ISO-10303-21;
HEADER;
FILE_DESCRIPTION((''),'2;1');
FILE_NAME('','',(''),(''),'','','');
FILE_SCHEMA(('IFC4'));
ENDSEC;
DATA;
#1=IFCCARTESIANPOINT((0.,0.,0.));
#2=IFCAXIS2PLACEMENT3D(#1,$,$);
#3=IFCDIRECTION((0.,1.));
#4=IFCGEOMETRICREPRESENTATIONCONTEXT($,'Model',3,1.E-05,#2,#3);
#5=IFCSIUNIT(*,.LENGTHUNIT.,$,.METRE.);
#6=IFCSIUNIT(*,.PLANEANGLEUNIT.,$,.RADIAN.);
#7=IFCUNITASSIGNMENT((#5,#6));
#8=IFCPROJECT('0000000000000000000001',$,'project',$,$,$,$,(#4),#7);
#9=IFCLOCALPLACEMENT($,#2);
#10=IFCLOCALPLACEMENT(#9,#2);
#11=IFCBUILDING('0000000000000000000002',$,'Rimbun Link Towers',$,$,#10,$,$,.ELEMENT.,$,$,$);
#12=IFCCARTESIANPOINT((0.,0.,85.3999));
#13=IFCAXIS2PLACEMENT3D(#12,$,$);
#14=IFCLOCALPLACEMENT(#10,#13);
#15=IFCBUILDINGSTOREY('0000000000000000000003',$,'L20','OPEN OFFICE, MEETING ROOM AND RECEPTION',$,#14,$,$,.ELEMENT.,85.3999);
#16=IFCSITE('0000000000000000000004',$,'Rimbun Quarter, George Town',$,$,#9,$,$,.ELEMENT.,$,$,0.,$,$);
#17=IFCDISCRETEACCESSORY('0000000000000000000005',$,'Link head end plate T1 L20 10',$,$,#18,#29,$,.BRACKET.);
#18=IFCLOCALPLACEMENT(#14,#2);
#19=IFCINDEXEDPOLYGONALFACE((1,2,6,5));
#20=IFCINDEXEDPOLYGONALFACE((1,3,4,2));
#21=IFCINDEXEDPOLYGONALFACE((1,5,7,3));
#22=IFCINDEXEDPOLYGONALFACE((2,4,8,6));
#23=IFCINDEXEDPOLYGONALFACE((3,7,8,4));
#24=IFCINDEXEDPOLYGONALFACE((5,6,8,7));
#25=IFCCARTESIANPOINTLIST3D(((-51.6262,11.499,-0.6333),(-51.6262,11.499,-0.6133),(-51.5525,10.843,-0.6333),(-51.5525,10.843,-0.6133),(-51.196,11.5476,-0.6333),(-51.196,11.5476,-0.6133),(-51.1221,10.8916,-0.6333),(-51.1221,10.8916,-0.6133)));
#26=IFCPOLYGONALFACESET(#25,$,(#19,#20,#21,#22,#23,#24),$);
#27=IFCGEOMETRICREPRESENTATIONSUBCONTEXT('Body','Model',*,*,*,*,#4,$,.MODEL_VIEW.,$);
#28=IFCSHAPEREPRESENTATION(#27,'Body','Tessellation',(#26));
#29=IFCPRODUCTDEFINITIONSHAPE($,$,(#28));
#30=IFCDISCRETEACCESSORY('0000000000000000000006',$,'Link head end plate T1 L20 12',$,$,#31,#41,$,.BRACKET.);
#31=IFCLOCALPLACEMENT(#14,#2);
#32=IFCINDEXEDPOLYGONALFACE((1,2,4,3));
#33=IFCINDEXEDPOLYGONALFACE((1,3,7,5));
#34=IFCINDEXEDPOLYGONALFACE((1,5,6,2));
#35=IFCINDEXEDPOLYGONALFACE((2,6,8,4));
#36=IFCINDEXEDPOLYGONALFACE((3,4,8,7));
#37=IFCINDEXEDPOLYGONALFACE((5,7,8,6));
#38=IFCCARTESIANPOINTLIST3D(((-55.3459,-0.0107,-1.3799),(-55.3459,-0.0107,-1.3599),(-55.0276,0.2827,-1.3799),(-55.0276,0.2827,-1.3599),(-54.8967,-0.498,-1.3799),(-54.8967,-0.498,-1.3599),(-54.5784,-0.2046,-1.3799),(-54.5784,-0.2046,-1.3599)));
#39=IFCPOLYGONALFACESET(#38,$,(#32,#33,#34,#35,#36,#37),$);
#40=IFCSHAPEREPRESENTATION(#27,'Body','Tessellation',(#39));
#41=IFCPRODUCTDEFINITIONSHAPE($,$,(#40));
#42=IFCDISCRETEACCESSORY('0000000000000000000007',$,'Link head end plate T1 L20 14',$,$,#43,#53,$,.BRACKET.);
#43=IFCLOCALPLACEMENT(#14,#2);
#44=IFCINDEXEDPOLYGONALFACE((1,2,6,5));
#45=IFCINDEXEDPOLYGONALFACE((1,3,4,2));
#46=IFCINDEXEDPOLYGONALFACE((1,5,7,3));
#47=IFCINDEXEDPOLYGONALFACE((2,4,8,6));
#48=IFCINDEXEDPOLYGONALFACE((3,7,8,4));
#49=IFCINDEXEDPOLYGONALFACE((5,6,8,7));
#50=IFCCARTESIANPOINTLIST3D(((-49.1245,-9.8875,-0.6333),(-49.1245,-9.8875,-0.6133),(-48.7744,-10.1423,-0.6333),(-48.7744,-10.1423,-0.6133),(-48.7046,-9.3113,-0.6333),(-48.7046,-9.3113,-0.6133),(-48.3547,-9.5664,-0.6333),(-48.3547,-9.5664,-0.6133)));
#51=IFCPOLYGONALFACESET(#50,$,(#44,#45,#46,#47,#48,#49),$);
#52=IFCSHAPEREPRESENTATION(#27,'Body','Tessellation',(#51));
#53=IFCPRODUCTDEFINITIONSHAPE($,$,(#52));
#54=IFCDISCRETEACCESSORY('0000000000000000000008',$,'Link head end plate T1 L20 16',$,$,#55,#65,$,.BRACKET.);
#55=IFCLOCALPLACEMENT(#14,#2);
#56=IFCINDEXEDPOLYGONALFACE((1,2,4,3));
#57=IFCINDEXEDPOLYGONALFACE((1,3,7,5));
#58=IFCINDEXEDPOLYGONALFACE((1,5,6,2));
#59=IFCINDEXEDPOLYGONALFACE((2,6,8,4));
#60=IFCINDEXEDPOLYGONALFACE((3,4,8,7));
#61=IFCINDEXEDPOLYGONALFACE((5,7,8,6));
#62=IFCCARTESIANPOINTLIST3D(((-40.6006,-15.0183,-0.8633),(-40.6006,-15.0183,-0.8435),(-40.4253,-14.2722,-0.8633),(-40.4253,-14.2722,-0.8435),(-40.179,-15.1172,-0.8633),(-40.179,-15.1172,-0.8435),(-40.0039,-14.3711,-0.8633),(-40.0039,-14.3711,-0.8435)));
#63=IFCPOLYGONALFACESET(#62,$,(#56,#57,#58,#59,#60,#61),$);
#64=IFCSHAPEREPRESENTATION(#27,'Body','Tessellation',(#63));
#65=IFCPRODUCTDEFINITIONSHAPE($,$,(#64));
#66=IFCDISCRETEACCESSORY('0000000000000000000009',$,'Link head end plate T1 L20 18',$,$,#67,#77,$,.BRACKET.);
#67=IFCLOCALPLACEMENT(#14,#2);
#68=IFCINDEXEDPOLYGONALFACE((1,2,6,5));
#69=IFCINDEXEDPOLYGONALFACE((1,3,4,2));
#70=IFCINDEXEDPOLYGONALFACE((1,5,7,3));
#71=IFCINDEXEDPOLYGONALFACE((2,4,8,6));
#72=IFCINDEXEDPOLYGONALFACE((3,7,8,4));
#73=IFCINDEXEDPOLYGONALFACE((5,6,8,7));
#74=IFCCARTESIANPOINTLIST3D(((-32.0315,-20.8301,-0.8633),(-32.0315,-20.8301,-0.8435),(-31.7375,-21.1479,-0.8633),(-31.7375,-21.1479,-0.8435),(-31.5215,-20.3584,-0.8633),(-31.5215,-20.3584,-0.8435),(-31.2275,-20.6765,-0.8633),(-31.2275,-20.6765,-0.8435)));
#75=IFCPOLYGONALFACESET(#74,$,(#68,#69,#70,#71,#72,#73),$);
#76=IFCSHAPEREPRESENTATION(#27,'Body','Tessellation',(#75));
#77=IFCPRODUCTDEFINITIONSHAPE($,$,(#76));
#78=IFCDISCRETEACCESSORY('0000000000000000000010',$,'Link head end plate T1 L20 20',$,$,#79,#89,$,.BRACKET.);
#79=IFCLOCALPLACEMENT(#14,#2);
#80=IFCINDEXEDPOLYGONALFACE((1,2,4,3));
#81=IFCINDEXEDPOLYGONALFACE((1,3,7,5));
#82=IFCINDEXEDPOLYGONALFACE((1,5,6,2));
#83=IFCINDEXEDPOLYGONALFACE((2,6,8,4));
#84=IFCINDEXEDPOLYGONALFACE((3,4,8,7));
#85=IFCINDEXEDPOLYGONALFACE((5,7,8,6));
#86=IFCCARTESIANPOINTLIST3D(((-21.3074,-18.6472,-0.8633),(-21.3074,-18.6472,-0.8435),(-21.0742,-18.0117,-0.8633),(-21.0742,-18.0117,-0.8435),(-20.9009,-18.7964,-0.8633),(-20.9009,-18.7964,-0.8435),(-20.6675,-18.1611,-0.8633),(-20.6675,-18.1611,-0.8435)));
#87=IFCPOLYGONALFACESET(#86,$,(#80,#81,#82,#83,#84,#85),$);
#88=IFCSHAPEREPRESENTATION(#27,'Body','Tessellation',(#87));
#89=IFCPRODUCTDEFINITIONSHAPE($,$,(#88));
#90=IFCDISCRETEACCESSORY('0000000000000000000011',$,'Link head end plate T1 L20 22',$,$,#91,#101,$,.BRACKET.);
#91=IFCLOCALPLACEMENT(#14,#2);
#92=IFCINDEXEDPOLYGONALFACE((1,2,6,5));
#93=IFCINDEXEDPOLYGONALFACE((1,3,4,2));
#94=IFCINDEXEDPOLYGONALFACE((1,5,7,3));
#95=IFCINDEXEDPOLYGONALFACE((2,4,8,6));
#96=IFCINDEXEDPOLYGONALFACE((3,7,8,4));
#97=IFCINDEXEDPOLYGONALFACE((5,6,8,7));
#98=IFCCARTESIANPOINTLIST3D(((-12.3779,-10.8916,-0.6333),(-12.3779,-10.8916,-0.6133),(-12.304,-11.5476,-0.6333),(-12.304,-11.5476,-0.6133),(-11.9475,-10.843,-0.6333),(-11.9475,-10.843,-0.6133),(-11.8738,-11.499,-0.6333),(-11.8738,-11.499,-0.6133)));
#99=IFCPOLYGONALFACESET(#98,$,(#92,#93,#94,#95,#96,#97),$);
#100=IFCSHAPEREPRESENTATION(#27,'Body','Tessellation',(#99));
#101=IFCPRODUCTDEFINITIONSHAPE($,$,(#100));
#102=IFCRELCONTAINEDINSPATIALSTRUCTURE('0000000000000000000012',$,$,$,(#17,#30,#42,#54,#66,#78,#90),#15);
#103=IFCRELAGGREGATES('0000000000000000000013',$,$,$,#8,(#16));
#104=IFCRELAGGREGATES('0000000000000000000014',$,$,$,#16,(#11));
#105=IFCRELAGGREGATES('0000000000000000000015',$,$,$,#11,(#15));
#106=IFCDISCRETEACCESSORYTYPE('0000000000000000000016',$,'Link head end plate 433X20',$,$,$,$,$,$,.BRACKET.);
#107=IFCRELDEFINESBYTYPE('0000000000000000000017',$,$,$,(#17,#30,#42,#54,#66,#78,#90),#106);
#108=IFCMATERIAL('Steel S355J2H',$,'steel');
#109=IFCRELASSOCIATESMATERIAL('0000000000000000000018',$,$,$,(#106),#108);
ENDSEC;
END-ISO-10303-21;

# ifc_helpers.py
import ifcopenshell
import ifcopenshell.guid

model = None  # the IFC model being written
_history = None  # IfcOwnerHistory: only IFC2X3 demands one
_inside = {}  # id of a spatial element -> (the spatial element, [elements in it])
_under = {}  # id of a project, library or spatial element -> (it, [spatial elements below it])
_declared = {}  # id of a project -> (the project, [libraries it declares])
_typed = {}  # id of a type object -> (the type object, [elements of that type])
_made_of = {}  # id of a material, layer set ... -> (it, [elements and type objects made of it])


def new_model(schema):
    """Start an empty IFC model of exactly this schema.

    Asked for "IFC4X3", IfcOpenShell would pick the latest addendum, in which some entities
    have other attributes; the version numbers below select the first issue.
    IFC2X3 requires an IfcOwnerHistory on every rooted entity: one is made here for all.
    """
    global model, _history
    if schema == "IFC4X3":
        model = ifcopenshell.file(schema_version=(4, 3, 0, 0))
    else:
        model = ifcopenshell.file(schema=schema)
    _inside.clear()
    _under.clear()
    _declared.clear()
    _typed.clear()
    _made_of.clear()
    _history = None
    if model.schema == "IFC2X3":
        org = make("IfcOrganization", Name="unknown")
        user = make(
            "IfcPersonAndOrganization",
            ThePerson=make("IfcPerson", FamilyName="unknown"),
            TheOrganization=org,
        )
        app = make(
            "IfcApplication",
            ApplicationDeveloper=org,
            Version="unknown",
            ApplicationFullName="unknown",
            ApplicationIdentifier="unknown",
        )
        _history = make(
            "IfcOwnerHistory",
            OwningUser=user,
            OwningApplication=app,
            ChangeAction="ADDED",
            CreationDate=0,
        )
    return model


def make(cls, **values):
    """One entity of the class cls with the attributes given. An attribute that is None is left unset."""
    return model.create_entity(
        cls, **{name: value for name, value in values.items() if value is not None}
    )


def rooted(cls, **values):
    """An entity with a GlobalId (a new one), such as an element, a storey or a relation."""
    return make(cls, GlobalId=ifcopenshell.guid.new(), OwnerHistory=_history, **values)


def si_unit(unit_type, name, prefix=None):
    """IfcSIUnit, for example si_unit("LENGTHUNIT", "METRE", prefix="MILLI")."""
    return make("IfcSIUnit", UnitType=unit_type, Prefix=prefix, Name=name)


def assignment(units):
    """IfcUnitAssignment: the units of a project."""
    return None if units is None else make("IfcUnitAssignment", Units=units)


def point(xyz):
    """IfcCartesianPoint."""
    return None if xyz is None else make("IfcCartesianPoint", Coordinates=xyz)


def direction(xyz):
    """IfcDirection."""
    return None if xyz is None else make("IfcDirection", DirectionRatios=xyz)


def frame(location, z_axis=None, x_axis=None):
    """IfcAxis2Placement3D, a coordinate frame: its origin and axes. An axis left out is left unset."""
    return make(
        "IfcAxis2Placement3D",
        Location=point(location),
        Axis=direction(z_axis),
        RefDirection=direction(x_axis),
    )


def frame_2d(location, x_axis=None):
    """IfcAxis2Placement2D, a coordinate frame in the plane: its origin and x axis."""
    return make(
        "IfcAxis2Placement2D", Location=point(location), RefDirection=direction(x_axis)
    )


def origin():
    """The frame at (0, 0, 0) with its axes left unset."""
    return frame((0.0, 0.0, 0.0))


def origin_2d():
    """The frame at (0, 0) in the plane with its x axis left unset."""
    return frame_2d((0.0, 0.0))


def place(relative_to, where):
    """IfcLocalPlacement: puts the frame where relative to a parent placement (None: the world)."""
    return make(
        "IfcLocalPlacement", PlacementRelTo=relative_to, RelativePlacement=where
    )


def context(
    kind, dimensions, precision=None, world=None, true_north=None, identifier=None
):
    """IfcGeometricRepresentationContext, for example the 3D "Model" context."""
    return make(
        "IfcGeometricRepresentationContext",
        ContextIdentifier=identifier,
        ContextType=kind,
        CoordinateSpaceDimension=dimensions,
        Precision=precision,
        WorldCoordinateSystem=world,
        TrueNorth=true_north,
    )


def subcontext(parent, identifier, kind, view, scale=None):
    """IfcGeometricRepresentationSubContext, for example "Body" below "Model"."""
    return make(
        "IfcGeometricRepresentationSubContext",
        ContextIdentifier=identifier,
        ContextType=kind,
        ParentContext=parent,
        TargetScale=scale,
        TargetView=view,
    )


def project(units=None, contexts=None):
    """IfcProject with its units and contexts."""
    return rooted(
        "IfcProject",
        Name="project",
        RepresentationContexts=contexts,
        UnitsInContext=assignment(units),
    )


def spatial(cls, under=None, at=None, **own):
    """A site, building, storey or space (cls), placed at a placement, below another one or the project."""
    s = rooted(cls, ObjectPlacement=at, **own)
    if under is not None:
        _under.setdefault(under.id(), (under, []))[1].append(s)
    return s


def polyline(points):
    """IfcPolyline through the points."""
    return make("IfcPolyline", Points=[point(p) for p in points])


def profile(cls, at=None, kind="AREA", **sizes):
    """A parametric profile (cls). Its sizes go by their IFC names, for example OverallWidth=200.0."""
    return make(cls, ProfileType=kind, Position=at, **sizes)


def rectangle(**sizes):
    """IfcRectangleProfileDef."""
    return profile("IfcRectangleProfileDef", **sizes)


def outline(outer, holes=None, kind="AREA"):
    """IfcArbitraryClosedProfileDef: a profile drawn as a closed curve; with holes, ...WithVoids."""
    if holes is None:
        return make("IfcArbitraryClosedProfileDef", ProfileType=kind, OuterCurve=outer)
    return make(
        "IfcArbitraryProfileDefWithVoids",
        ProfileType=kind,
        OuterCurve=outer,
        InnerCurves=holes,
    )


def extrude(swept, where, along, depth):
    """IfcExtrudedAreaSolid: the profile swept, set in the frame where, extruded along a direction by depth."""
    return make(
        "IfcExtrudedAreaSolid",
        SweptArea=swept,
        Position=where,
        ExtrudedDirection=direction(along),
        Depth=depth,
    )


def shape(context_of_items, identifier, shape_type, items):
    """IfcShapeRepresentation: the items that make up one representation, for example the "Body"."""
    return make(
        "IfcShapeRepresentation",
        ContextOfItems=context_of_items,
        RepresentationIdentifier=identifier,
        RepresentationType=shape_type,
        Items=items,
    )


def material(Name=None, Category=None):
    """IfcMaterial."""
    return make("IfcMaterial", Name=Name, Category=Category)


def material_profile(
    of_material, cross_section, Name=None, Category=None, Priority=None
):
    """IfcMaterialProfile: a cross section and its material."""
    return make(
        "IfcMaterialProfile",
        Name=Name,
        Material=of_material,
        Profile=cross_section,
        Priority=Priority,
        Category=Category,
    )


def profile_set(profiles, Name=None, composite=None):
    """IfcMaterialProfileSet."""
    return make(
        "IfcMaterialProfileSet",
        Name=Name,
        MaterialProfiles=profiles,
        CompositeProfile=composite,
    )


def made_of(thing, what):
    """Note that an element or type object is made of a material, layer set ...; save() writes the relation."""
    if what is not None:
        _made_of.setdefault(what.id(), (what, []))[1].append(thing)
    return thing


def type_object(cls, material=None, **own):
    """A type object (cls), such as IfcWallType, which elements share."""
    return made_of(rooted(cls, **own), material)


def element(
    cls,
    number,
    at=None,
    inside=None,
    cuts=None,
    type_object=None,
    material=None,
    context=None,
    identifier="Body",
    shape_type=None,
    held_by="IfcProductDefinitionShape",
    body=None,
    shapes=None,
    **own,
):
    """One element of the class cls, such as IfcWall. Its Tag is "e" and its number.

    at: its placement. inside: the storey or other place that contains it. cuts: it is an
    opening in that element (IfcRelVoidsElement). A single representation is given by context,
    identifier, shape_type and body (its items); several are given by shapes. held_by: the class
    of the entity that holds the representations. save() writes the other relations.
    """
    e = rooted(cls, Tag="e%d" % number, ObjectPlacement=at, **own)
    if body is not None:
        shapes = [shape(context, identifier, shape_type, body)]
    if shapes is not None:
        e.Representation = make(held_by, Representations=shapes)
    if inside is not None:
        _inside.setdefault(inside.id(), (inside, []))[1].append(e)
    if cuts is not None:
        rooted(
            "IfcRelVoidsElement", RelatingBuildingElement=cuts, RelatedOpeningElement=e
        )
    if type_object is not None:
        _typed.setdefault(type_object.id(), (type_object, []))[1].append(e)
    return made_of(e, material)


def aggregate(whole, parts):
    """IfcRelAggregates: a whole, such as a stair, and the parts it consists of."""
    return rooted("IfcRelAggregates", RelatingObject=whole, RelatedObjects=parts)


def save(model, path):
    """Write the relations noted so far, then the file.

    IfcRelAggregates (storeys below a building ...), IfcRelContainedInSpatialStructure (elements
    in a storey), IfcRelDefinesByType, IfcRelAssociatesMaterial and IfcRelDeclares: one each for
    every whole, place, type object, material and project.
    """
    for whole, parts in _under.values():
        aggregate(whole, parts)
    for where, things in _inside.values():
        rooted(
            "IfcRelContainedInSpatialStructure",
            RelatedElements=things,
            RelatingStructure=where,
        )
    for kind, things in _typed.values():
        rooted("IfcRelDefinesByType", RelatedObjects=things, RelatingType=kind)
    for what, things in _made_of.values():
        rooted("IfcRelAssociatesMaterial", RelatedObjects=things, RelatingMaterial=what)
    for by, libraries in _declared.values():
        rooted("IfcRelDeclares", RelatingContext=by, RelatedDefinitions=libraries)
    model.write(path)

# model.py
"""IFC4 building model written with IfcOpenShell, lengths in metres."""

from ifc_helpers import new_model, si_unit, direction, frame, origin, origin_2d, place, context, subcontext, project, spatial, polyline, rectangle, outline, extrude, material, material_profile, profile_set, type_object, element, save


model = new_model("IFC4")

# Units and contexts
model_context = context("Model", 3, precision=1e-05, world=origin(), true_north=direction((0.0, 1.0)))
body_context = subcontext(model_context, "Body", "Model", "MODEL_VIEW")
ifc_project = project(units=[si_unit("LENGTHUNIT", "METRE"), si_unit("PLANEANGLEUNIT", "RADIAN")], contexts=[model_context])

# Site, building, storey
site_placement = place(None, origin())
site = spatial("IfcSite", under=ifc_project, at=site_placement, Name="Rimbun Quarter, George Town", CompositionType="ELEMENT", RefElevation=0.0)
building_placement = place(site_placement, origin())
building = spatial("IfcBuilding", under=site, at=building_placement, Name="Rimbun Link Towers", CompositionType="ELEMENT")
storey_placement = place(building_placement, frame((0.0, 0.0, 85.3999)))
storey = spatial("IfcBuildingStorey", under=building, at=storey_placement, Name="L20", Description="OPEN OFFICE, MEETING ROOM AND RECEPTION", CompositionType="ELEMENT", Elevation=85.3999)

# Discrete accessories
ifc_material_1 = material(Name="Steel S355J2H", Category="steel")
ifc_material_profile_1 = material_profile(ifc_material_1, rectangle(XDim=0.4331, YDim=0.4331, at=origin_2d()), Name="PL 433x433")
ifc_profile_set_1 = profile_set([ifc_material_profile_1], Name="Steel S355J2H")
discrete_accessory_type_1 = type_object("IfcDiscreteAccessoryType", Name="Link head end plate 433X20", PredefinedType="BRACKET", material=ifc_profile_set_1)
discrete_accessory_1_placement = place(storey_placement, frame((0.0, 0.0, -0.6333)))
element("IfcDiscreteAccessory", 1, at=discrete_accessory_1_placement, inside=storey, type_object=discrete_accessory_type_1, Name="Link head end plate T1 L20 10", PredefinedType="BRACKET", context=body_context, shape_type="SweptSolid", body=[
    extrude(outline(polyline([(-51.1221, 10.8916), (-51.196, 11.5476), (-51.6262, 11.499), (-51.5525, 10.843), (-51.1221, 10.8916)])), origin(), (0.0, 0.0, 1.0), 0.02),
])
discrete_accessory_2_placement = place(storey_placement, frame((0.0, 0.0, -1.3799)))
element("IfcDiscreteAccessory", 2, at=discrete_accessory_2_placement, inside=storey, type_object=discrete_accessory_type_1, Name="Link head end plate T1 L20 12", PredefinedType="BRACKET", context=body_context, shape_type="SweptSolid", body=[
    extrude(outline(polyline([(-54.5784, -0.2046), (-55.0276, 0.2827), (-55.3459, -0.0107), (-54.8967, -0.498), (-54.5784, -0.2046)])), origin(), (0.0, 0.0, 1.0), 0.02),
])
discrete_accessory_3_placement = place(storey_placement, frame((0.0, 0.0, -0.6333)))
element("IfcDiscreteAccessory", 3, at=discrete_accessory_3_placement, inside=storey, type_object=discrete_accessory_type_1, Name="Link head end plate T1 L20 14", PredefinedType="BRACKET", context=body_context, shape_type="SweptSolid", body=[
    extrude(outline(polyline([(-48.7046, -9.3113), (-49.1245, -9.8875), (-48.7744, -10.1423), (-48.3547, -9.5664), (-48.7046, -9.3113)])), origin(), (0.0, 0.0, 1.0), 0.02),
])
discrete_accessory_4_placement = place(storey_placement, frame((0.0, 0.0, -0.8633)))
element("IfcDiscreteAccessory", 4, at=discrete_accessory_4_placement, inside=storey, type_object=discrete_accessory_type_1, Name="Link head end plate T1 L20 16", PredefinedType="BRACKET", context=body_context, shape_type="SweptSolid", body=[
    extrude(outline(polyline([(-40.4253, -14.2722), (-40.6006, -15.0183), (-40.179, -15.1172), (-40.0039, -14.3711), (-40.4253, -14.2722)])), origin(), (0.0, 0.0, 1.0), 0.0198),
])
discrete_accessory_5_placement = place(storey_placement, frame((0.0, 0.0, -0.8633)))
element("IfcDiscreteAccessory", 5, at=discrete_accessory_5_placement, inside=storey, type_object=discrete_accessory_type_1, Name="Link head end plate T1 L20 18", PredefinedType="BRACKET", context=body_context, shape_type="SweptSolid", body=[
    extrude(outline(polyline([(-31.5215, -20.3584), (-32.0315, -20.8301), (-31.7375, -21.1479), (-31.2275, -20.6765), (-31.5215, -20.3584)])), origin(), (0.0, 0.0, 1.0), 0.0198),
])
discrete_accessory_6_placement = place(storey_placement, frame((0.0, 0.0, -0.8633)))
element("IfcDiscreteAccessory", 6, at=discrete_accessory_6_placement, inside=storey, type_object=discrete_accessory_type_1, Name="Link head end plate T1 L20 20", PredefinedType="BRACKET", context=body_context, shape_type="SweptSolid", body=[
    extrude(outline(polyline([(-21.0742, -18.0117), (-21.3074, -18.6472), (-20.9009, -18.7964), (-20.6675, -18.1611), (-21.0742, -18.0117)])), origin(), (0.0, 0.0, 1.0), 0.0198),
])
discrete_accessory_7_placement = place(storey_placement, frame((0.0, 0.0, -0.6333)))
element("IfcDiscreteAccessory", 7, at=discrete_accessory_7_placement, inside=storey, type_object=discrete_accessory_type_1, Name="Link head end plate T1 L20 22", PredefinedType="BRACKET", context=body_context, shape_type="SweptSolid", body=[
    extrude(outline(polyline([(-12.3779, -10.8916), (-12.304, -11.5476), (-11.8738, -11.499), (-11.9475, -10.843), (-12.3779, -10.8916)])), origin(), (0.0, 0.0, 1.0), 0.02),
])

save(model, "model.ifc")
